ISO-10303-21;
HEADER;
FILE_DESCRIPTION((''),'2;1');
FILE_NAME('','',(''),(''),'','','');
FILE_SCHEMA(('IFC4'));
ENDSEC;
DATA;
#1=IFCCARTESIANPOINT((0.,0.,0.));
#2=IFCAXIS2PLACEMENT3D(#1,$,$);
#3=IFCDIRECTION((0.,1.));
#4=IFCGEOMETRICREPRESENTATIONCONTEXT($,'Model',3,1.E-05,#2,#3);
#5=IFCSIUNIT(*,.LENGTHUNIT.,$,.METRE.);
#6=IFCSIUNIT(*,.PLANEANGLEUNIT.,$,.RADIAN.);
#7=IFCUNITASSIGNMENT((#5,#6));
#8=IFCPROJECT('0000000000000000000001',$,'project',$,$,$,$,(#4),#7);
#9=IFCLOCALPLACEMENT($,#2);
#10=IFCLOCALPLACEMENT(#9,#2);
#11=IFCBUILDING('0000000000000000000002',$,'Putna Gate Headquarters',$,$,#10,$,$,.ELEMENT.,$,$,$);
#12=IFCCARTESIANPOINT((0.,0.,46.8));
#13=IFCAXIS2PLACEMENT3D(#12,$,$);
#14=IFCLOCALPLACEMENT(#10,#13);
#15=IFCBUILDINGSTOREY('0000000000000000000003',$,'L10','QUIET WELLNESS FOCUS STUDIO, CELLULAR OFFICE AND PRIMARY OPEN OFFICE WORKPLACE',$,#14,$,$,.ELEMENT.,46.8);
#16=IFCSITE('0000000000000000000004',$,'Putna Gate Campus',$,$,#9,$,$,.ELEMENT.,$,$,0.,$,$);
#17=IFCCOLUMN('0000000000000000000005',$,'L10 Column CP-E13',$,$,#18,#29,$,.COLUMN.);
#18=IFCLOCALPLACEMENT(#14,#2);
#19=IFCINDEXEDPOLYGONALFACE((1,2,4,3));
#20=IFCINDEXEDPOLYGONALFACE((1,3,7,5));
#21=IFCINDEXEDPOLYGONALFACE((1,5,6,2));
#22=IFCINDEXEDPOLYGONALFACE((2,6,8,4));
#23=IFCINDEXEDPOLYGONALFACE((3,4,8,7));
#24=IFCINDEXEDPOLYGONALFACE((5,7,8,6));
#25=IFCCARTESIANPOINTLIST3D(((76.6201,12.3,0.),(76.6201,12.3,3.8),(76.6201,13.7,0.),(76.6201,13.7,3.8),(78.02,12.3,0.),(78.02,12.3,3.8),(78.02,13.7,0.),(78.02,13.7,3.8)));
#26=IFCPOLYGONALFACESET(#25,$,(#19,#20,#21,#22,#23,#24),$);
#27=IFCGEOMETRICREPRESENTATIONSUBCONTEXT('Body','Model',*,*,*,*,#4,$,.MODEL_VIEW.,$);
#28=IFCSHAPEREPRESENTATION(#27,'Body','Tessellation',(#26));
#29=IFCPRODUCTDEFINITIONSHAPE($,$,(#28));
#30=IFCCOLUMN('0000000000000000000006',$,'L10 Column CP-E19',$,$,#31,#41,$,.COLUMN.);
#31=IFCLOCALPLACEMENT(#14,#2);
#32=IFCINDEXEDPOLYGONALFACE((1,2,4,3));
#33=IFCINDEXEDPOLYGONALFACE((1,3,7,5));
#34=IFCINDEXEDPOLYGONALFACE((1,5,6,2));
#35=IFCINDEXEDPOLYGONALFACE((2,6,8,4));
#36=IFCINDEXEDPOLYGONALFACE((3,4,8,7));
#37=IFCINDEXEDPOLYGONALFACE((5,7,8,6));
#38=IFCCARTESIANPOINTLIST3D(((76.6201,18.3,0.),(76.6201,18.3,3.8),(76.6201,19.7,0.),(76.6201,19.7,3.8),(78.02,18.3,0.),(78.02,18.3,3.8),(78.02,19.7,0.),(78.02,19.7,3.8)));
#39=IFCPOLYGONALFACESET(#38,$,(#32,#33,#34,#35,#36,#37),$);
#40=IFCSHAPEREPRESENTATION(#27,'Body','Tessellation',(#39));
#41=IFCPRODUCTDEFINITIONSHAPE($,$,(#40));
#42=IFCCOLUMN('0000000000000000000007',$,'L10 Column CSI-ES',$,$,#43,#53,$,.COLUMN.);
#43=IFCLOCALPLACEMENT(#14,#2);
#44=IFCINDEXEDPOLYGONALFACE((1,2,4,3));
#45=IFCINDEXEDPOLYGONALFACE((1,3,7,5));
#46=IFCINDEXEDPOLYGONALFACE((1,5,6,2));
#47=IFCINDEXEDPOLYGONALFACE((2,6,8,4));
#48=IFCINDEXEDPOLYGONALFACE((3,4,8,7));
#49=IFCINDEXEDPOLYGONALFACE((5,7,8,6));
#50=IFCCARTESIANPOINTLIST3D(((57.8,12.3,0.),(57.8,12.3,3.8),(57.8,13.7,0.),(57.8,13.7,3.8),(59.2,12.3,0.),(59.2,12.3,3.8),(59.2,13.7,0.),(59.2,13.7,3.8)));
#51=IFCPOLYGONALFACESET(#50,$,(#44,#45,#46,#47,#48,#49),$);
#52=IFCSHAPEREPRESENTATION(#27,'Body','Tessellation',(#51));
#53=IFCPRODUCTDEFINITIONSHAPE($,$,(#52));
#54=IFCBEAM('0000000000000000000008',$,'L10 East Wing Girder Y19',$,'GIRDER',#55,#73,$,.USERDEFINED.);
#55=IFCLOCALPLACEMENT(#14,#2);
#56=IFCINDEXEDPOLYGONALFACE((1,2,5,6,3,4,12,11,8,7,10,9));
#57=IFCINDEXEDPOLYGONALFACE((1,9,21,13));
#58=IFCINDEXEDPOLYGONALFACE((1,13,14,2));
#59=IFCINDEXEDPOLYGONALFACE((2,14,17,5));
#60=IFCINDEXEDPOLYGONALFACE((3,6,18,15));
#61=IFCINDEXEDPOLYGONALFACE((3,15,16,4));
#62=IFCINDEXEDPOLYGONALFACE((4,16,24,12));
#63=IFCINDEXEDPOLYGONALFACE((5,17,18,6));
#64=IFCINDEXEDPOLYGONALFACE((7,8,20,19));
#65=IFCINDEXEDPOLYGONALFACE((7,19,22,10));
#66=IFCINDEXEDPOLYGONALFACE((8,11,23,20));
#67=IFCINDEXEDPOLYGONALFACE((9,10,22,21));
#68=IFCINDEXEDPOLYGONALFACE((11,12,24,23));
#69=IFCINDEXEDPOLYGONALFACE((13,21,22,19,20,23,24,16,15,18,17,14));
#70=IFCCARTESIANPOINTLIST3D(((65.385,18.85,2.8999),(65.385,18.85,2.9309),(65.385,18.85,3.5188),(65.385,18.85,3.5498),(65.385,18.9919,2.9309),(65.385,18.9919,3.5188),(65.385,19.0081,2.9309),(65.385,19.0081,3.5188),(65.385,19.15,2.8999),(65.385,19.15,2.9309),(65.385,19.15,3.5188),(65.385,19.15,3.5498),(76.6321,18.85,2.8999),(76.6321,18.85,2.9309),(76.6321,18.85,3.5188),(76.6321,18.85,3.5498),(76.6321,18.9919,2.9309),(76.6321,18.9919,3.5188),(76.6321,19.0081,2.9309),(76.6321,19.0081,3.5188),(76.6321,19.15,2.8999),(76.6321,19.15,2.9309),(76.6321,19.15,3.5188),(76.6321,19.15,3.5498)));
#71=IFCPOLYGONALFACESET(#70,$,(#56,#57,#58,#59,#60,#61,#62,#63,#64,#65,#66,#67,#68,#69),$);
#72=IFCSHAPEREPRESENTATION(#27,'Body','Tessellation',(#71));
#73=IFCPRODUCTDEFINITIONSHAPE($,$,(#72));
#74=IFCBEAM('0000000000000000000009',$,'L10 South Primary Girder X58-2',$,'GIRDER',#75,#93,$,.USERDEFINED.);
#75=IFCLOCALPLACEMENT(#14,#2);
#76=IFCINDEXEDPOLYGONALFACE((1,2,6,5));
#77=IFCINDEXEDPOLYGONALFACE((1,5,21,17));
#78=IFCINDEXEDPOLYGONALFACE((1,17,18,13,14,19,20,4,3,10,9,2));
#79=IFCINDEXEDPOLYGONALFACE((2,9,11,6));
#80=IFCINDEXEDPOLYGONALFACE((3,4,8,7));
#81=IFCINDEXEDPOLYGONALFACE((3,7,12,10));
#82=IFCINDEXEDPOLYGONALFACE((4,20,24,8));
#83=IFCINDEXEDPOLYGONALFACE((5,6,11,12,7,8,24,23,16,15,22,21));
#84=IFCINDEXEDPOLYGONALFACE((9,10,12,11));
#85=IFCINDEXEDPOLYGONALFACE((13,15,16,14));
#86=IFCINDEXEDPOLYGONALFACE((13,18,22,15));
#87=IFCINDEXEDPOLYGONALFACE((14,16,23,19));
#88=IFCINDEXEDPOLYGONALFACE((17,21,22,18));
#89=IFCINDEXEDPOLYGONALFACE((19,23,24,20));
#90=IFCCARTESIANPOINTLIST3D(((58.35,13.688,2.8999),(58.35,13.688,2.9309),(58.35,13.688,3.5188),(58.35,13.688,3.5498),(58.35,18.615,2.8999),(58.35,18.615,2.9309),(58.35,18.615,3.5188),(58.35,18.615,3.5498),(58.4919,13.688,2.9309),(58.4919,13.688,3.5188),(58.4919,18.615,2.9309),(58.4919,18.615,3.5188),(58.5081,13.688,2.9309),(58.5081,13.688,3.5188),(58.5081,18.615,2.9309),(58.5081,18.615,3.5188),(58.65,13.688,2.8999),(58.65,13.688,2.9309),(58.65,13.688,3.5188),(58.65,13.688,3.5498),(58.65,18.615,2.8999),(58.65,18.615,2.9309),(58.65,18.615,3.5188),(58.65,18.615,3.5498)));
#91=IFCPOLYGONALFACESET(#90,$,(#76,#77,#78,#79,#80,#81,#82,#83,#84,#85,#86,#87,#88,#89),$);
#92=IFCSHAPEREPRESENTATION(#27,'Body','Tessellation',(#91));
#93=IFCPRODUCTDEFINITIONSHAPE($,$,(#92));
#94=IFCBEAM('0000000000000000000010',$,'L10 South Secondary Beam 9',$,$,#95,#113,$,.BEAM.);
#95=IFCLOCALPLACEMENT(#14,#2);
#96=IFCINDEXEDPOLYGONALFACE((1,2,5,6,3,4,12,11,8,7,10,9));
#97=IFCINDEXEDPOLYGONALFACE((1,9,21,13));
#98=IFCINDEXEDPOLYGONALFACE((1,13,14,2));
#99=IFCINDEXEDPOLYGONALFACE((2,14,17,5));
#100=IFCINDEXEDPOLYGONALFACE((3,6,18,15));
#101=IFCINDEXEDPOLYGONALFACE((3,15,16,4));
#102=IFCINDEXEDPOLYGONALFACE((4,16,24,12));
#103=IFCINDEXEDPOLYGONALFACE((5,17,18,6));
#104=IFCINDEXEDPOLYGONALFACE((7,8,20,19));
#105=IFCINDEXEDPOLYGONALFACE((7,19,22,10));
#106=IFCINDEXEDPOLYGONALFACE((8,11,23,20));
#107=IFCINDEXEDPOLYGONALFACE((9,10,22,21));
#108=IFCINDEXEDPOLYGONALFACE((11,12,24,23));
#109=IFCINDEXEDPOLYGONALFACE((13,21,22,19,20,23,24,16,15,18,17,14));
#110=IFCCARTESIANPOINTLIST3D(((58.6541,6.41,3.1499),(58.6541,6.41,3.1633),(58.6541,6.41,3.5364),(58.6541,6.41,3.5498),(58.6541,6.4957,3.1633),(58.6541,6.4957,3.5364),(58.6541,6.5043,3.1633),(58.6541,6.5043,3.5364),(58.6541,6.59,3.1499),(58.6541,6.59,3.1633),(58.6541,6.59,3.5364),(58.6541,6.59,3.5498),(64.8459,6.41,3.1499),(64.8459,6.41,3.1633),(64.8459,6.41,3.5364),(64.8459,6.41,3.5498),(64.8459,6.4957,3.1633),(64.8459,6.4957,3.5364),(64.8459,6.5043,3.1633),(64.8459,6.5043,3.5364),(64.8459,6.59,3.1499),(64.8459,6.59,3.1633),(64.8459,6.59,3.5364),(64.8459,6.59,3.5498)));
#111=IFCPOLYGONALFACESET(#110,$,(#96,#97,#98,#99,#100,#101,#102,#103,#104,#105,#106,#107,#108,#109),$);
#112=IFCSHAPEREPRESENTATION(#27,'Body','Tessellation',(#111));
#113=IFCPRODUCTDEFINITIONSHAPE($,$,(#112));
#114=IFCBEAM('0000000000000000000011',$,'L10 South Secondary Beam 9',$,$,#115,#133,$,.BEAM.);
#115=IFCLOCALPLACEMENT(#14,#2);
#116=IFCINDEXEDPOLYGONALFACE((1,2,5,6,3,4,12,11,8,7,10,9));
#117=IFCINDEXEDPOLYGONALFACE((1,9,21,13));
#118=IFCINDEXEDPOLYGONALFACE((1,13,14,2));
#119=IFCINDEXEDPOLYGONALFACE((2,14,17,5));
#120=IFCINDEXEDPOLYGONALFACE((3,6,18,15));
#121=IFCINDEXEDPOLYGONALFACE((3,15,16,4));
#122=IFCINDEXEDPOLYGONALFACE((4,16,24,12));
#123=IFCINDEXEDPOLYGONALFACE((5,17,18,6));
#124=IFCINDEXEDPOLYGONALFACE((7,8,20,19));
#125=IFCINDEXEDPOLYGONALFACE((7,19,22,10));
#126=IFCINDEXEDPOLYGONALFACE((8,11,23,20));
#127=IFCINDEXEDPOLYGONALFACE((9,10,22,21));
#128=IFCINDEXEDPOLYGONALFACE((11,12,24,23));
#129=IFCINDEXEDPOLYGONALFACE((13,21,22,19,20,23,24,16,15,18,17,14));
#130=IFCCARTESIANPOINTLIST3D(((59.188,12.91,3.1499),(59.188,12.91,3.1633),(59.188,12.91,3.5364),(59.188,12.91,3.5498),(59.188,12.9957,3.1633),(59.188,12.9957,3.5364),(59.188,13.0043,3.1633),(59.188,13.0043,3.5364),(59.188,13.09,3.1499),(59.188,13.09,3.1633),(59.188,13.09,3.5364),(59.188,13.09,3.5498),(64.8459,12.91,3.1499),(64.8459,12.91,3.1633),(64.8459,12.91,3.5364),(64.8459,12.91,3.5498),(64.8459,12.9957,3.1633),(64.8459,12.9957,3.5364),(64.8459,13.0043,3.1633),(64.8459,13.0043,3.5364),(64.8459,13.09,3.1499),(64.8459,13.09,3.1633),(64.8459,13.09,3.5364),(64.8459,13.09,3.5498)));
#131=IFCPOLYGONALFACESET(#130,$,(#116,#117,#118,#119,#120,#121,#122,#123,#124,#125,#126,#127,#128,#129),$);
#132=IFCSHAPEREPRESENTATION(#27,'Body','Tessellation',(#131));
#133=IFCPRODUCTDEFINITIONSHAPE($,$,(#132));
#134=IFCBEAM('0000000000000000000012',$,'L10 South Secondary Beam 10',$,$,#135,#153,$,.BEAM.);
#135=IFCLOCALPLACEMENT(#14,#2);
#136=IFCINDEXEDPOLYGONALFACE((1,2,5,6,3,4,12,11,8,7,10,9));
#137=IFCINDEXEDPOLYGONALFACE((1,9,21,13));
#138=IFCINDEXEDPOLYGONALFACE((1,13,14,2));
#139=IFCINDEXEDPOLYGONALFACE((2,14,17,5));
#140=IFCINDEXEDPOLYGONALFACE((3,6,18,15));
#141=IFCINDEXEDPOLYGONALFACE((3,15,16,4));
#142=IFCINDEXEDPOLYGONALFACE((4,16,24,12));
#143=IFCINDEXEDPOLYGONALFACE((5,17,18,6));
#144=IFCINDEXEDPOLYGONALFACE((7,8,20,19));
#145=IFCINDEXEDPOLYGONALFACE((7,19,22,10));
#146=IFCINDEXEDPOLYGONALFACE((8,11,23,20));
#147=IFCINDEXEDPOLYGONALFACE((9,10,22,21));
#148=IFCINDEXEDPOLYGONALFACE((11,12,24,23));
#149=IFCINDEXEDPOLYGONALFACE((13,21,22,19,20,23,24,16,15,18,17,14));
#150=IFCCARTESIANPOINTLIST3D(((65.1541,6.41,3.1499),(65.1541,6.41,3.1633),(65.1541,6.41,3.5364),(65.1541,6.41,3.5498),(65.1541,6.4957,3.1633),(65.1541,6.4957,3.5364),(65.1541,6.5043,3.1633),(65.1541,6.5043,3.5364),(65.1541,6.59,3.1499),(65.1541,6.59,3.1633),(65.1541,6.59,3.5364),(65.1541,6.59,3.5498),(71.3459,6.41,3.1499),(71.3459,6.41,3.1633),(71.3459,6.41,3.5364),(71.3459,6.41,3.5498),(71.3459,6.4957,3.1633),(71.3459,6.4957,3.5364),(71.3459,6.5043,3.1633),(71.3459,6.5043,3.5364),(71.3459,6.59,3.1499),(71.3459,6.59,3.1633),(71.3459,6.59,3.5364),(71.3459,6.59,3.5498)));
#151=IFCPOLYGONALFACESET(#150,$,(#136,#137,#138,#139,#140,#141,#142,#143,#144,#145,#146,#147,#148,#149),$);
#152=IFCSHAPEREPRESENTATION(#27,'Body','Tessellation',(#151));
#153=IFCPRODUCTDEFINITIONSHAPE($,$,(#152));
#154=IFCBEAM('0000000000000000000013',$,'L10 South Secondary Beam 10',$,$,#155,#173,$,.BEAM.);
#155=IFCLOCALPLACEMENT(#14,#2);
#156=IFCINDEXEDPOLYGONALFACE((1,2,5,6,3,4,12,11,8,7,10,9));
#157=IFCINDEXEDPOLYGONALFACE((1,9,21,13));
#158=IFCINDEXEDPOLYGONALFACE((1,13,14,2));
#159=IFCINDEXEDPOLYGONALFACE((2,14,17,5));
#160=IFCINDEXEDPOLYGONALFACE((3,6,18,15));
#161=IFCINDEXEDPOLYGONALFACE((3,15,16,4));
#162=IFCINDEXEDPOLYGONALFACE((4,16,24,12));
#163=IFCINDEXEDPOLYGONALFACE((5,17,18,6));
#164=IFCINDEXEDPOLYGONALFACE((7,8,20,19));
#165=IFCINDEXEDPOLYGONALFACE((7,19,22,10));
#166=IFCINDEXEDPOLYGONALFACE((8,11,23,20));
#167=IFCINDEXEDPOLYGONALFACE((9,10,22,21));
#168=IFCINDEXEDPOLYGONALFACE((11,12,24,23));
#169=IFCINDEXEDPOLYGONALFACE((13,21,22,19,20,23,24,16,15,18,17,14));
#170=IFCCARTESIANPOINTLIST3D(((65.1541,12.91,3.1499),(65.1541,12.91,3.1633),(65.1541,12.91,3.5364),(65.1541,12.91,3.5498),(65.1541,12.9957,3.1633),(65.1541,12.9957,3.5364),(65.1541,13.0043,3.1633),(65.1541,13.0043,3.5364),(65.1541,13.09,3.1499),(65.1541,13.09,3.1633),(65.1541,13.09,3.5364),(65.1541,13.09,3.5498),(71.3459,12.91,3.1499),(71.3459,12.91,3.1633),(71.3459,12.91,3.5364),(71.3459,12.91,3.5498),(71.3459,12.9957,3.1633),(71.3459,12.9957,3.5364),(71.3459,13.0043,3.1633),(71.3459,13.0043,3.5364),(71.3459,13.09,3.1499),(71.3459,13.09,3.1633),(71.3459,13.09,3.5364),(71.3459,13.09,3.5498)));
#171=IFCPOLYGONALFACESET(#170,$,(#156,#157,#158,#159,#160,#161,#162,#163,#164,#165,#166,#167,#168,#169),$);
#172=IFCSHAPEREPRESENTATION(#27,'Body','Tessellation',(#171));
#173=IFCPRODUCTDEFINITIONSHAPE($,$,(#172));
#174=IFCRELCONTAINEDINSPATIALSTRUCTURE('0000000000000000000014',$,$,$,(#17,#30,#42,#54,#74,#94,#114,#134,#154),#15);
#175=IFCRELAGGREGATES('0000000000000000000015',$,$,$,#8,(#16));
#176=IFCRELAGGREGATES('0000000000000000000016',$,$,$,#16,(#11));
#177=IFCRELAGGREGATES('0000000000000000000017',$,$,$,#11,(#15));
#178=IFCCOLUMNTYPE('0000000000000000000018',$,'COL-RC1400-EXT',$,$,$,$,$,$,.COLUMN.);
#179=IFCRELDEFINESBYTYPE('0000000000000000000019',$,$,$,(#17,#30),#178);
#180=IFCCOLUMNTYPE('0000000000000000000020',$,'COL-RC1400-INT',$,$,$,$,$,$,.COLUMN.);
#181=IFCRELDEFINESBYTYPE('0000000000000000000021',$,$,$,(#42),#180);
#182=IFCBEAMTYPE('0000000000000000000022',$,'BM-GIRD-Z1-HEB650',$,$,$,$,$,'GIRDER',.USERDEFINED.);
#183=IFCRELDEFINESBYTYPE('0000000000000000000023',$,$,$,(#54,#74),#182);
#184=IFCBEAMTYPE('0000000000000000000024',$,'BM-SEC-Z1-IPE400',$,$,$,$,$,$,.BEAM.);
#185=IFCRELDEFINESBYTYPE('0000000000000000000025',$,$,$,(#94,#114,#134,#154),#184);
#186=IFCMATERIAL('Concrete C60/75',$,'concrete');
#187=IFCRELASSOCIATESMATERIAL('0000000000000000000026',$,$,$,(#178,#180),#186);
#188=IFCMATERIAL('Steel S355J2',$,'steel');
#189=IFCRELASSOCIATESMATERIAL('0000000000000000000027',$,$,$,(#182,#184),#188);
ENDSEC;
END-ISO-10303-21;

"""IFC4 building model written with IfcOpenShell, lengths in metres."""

from ifc_helpers import new_model, si_unit, direction, frame, origin, origin_2d, place, context, subcontext, project, spatial, rectangle, i_section, extrude, material, material_profile, profile_set, type_object, element, save


model = new_model("IFC4")

# Units and contexts
model_context = context("Model", 3, precision=1e-05, world=origin(), true_north=direction((0.0, 1.0)))
body_context = subcontext(model_context, "Body", "Model", "MODEL_VIEW")
ifc_project = project(units=[si_unit("LENGTHUNIT", "METRE"), si_unit("PLANEANGLEUNIT", "RADIAN")], contexts=[model_context])

# Site, building, storey
site_placement = place(None, origin())
site = spatial("IfcSite", under=ifc_project, at=site_placement, Name="Putna Gate Campus", CompositionType="ELEMENT", RefElevation=0.0)
building_placement = place(site_placement, origin())
building = spatial("IfcBuilding", under=site, at=building_placement, Name="Putna Gate Headquarters", CompositionType="ELEMENT")
storey_placement = place(building_placement, frame((0.0, 0.0, 46.8)))
storey = spatial("IfcBuildingStorey", under=building, at=storey_placement, Name="L10", Description="QUIET WELLNESS FOCUS STUDIO, CELLULAR OFFICE AND PRIMARY OPEN OFFICE WORKPLACE", CompositionType="ELEMENT", Elevation=46.8)

# Columns
ifc_material_1 = material(Name="Concrete C60/75", Category="concrete")
ifc_material_profile_1 = material_profile(ifc_material_1, rectangle(XDim=1.3999, YDim=1.3999, at=origin_2d()), Name="Concrete C60/75")
ifc_profile_set_1 = profile_set([ifc_material_profile_1], Name="Concrete C60/75")
column_type_1 = type_object("IfcColumnType", Name="COL-RC1400-EXT", PredefinedType="COLUMN", material=ifc_profile_set_1)
for number, where, z_axis, x_axis, name in (
    (1, (77.3201, 13.0, 0.0), (0.0, 0.0, 1.0), (1.0, 0.0, 0.0), "L10 Column CP-E13"),
    (2, (77.3201, 19.0, 0.0), (0.0, 0.0, 1.0), (1.0, 0.0, 0.0), "L10 Column CP-E19"),
):
    element("IfcColumn", number, at=place(storey_placement, frame(where, z_axis=z_axis, x_axis=x_axis)), inside=storey, type_object=column_type_1, Name=name, PredefinedType="COLUMN", context=body_context, shape_type="SweptSolid", body=[
        extrude(rectangle(XDim=1.3999, YDim=1.3999, at=origin_2d()), origin(), (0.0, 0.0, 1.0), 3.8),
    ])
ifc_material_profile_2 = material_profile(ifc_material_1, rectangle(XDim=1.3999, YDim=1.3999, at=origin_2d()), Name="Concrete C60/75")
ifc_profile_set_2 = profile_set([ifc_material_profile_2], Name="Concrete C60/75")
column_type_2 = type_object("IfcColumnType", Name="COL-RC1400-INT", PredefinedType="COLUMN", material=ifc_profile_set_2)
column_placement = place(storey_placement, frame((58.5, 13.0, 0.0), z_axis=(0.0, 0.0, 1.0), x_axis=(1.0, 0.0, 0.0)))
element("IfcColumn", 3, at=column_placement, inside=storey, type_object=column_type_2, Name="L10 Column CSI-ES", PredefinedType="COLUMN", context=body_context, shape_type="SweptSolid", body=[
    extrude(rectangle(XDim=1.3999, YDim=1.3999, at=origin_2d()), origin(), (0.0, 0.0, 1.0), 3.8),
])

# Beams
ifc_material_2 = material(Name="Steel S355J2", Category="steel")
ifc_material_profile_3 = material_profile(ifc_material_2, i_section(OverallWidth=0.3, OverallDepth=0.6499, WebThickness=0.0161, FlangeThickness=0.031, at=origin_2d()), Name="Steel S355J2")
ifc_profile_set_3 = profile_set([ifc_material_profile_3], Name="Steel S355J2")
beam_type_1 = type_object("IfcBeamType", Name="BM-GIRD-Z1-HEB650", ElementType="GIRDER", PredefinedType="USERDEFINED", material=ifc_profile_set_3)
beam_1_placement = place(storey_placement, frame((65.385, 19.0, 3.2249), z_axis=(1.0, 0.0, 0.0), x_axis=(0.0, 1.0, 0.0)))
element("IfcBeam", 4, at=beam_1_placement, inside=storey, type_object=beam_type_1, Name="L10 East Wing Girder Y19", ObjectType="GIRDER", PredefinedType="USERDEFINED", context=body_context, shape_type="SweptSolid", body=[
    extrude(i_section(OverallWidth=0.3, OverallDepth=0.6499, WebThickness=0.0161, FlangeThickness=0.031, at=origin_2d()), origin(), (0.0, 0.0, 1.0), 11.2471),
])
beam_2_placement = place(storey_placement, frame((58.5, 13.688, 3.2249), z_axis=(0.0, 1.0, 0.0), x_axis=(-1.0, 0.0, 0.0)))
element("IfcBeam", 5, at=beam_2_placement, inside=storey, type_object=beam_type_1, Name="L10 South Primary Girder X58-2", ObjectType="GIRDER", PredefinedType="USERDEFINED", context=body_context, shape_type="SweptSolid", body=[
    extrude(i_section(OverallWidth=0.3, OverallDepth=0.6499, WebThickness=0.0161, FlangeThickness=0.031, at=origin_2d()), origin(), (0.0, 0.0, 1.0), 4.927),
])
ifc_material_profile_4 = material_profile(ifc_material_2, i_section(OverallWidth=0.1799, OverallDepth=0.3999, WebThickness=0.0085, FlangeThickness=0.0134, at=origin_2d()), Name="Steel S355J2")
ifc_profile_set_4 = profile_set([ifc_material_profile_4], Name="Steel S355J2")
beam_type_2 = type_object("IfcBeamType", Name="BM-SEC-Z1-IPE400", PredefinedType="BEAM", material=ifc_profile_set_4)
beam_3_placement = place(storey_placement, frame((58.6541, 6.5, 3.3499), z_axis=(1.0, 0.0, 0.0), x_axis=(0.0, 1.0, 0.0)))
element("IfcBeam", 6, at=beam_3_placement, inside=storey, type_object=beam_type_2, Name="L10 South Secondary Beam 9", PredefinedType="BEAM", context=body_context, shape_type="SweptSolid", body=[
    extrude(i_section(OverallWidth=0.1799, OverallDepth=0.3999, WebThickness=0.0085, FlangeThickness=0.0134, at=origin_2d()), origin(), (0.0, 0.0, 1.0), 6.1919),
])
beam_4_placement = place(storey_placement, frame((59.188, 13.0, 3.3499), z_axis=(1.0, 0.0, 0.0), x_axis=(0.0, 1.0, 0.0)))
element("IfcBeam", 7, at=beam_4_placement, inside=storey, type_object=beam_type_2, Name="L10 South Secondary Beam 9", PredefinedType="BEAM", context=body_context, shape_type="SweptSolid", body=[
    extrude(i_section(OverallWidth=0.1799, OverallDepth=0.3999, WebThickness=0.0085, FlangeThickness=0.0134, at=origin_2d()), origin(), (0.0, 0.0, 1.0), 5.658),
])
for number, where, z_axis, x_axis, name in (
    (8, (65.1541, 6.5, 3.3499), (1.0, 0.0, 0.0), (0.0, 1.0, 0.0), "L10 South Secondary Beam 10"),
    (9, (65.1541, 13.0, 3.3499), (1.0, 0.0, 0.0), (0.0, 1.0, 0.0), "L10 South Secondary Beam 10"),
):
    element("IfcBeam", number, at=place(storey_placement, frame(where, z_axis=z_axis, x_axis=x_axis)), inside=storey, type_object=beam_type_2, Name=name, PredefinedType="BEAM", context=body_context, shape_type="SweptSolid", body=[
        extrude(i_section(OverallWidth=0.1799, OverallDepth=0.3999, WebThickness=0.0085, FlangeThickness=0.0134, at=origin_2d()), origin(), (0.0, 0.0, 1.0), 6.1919),
    ])

save(model, "model.ifc")
